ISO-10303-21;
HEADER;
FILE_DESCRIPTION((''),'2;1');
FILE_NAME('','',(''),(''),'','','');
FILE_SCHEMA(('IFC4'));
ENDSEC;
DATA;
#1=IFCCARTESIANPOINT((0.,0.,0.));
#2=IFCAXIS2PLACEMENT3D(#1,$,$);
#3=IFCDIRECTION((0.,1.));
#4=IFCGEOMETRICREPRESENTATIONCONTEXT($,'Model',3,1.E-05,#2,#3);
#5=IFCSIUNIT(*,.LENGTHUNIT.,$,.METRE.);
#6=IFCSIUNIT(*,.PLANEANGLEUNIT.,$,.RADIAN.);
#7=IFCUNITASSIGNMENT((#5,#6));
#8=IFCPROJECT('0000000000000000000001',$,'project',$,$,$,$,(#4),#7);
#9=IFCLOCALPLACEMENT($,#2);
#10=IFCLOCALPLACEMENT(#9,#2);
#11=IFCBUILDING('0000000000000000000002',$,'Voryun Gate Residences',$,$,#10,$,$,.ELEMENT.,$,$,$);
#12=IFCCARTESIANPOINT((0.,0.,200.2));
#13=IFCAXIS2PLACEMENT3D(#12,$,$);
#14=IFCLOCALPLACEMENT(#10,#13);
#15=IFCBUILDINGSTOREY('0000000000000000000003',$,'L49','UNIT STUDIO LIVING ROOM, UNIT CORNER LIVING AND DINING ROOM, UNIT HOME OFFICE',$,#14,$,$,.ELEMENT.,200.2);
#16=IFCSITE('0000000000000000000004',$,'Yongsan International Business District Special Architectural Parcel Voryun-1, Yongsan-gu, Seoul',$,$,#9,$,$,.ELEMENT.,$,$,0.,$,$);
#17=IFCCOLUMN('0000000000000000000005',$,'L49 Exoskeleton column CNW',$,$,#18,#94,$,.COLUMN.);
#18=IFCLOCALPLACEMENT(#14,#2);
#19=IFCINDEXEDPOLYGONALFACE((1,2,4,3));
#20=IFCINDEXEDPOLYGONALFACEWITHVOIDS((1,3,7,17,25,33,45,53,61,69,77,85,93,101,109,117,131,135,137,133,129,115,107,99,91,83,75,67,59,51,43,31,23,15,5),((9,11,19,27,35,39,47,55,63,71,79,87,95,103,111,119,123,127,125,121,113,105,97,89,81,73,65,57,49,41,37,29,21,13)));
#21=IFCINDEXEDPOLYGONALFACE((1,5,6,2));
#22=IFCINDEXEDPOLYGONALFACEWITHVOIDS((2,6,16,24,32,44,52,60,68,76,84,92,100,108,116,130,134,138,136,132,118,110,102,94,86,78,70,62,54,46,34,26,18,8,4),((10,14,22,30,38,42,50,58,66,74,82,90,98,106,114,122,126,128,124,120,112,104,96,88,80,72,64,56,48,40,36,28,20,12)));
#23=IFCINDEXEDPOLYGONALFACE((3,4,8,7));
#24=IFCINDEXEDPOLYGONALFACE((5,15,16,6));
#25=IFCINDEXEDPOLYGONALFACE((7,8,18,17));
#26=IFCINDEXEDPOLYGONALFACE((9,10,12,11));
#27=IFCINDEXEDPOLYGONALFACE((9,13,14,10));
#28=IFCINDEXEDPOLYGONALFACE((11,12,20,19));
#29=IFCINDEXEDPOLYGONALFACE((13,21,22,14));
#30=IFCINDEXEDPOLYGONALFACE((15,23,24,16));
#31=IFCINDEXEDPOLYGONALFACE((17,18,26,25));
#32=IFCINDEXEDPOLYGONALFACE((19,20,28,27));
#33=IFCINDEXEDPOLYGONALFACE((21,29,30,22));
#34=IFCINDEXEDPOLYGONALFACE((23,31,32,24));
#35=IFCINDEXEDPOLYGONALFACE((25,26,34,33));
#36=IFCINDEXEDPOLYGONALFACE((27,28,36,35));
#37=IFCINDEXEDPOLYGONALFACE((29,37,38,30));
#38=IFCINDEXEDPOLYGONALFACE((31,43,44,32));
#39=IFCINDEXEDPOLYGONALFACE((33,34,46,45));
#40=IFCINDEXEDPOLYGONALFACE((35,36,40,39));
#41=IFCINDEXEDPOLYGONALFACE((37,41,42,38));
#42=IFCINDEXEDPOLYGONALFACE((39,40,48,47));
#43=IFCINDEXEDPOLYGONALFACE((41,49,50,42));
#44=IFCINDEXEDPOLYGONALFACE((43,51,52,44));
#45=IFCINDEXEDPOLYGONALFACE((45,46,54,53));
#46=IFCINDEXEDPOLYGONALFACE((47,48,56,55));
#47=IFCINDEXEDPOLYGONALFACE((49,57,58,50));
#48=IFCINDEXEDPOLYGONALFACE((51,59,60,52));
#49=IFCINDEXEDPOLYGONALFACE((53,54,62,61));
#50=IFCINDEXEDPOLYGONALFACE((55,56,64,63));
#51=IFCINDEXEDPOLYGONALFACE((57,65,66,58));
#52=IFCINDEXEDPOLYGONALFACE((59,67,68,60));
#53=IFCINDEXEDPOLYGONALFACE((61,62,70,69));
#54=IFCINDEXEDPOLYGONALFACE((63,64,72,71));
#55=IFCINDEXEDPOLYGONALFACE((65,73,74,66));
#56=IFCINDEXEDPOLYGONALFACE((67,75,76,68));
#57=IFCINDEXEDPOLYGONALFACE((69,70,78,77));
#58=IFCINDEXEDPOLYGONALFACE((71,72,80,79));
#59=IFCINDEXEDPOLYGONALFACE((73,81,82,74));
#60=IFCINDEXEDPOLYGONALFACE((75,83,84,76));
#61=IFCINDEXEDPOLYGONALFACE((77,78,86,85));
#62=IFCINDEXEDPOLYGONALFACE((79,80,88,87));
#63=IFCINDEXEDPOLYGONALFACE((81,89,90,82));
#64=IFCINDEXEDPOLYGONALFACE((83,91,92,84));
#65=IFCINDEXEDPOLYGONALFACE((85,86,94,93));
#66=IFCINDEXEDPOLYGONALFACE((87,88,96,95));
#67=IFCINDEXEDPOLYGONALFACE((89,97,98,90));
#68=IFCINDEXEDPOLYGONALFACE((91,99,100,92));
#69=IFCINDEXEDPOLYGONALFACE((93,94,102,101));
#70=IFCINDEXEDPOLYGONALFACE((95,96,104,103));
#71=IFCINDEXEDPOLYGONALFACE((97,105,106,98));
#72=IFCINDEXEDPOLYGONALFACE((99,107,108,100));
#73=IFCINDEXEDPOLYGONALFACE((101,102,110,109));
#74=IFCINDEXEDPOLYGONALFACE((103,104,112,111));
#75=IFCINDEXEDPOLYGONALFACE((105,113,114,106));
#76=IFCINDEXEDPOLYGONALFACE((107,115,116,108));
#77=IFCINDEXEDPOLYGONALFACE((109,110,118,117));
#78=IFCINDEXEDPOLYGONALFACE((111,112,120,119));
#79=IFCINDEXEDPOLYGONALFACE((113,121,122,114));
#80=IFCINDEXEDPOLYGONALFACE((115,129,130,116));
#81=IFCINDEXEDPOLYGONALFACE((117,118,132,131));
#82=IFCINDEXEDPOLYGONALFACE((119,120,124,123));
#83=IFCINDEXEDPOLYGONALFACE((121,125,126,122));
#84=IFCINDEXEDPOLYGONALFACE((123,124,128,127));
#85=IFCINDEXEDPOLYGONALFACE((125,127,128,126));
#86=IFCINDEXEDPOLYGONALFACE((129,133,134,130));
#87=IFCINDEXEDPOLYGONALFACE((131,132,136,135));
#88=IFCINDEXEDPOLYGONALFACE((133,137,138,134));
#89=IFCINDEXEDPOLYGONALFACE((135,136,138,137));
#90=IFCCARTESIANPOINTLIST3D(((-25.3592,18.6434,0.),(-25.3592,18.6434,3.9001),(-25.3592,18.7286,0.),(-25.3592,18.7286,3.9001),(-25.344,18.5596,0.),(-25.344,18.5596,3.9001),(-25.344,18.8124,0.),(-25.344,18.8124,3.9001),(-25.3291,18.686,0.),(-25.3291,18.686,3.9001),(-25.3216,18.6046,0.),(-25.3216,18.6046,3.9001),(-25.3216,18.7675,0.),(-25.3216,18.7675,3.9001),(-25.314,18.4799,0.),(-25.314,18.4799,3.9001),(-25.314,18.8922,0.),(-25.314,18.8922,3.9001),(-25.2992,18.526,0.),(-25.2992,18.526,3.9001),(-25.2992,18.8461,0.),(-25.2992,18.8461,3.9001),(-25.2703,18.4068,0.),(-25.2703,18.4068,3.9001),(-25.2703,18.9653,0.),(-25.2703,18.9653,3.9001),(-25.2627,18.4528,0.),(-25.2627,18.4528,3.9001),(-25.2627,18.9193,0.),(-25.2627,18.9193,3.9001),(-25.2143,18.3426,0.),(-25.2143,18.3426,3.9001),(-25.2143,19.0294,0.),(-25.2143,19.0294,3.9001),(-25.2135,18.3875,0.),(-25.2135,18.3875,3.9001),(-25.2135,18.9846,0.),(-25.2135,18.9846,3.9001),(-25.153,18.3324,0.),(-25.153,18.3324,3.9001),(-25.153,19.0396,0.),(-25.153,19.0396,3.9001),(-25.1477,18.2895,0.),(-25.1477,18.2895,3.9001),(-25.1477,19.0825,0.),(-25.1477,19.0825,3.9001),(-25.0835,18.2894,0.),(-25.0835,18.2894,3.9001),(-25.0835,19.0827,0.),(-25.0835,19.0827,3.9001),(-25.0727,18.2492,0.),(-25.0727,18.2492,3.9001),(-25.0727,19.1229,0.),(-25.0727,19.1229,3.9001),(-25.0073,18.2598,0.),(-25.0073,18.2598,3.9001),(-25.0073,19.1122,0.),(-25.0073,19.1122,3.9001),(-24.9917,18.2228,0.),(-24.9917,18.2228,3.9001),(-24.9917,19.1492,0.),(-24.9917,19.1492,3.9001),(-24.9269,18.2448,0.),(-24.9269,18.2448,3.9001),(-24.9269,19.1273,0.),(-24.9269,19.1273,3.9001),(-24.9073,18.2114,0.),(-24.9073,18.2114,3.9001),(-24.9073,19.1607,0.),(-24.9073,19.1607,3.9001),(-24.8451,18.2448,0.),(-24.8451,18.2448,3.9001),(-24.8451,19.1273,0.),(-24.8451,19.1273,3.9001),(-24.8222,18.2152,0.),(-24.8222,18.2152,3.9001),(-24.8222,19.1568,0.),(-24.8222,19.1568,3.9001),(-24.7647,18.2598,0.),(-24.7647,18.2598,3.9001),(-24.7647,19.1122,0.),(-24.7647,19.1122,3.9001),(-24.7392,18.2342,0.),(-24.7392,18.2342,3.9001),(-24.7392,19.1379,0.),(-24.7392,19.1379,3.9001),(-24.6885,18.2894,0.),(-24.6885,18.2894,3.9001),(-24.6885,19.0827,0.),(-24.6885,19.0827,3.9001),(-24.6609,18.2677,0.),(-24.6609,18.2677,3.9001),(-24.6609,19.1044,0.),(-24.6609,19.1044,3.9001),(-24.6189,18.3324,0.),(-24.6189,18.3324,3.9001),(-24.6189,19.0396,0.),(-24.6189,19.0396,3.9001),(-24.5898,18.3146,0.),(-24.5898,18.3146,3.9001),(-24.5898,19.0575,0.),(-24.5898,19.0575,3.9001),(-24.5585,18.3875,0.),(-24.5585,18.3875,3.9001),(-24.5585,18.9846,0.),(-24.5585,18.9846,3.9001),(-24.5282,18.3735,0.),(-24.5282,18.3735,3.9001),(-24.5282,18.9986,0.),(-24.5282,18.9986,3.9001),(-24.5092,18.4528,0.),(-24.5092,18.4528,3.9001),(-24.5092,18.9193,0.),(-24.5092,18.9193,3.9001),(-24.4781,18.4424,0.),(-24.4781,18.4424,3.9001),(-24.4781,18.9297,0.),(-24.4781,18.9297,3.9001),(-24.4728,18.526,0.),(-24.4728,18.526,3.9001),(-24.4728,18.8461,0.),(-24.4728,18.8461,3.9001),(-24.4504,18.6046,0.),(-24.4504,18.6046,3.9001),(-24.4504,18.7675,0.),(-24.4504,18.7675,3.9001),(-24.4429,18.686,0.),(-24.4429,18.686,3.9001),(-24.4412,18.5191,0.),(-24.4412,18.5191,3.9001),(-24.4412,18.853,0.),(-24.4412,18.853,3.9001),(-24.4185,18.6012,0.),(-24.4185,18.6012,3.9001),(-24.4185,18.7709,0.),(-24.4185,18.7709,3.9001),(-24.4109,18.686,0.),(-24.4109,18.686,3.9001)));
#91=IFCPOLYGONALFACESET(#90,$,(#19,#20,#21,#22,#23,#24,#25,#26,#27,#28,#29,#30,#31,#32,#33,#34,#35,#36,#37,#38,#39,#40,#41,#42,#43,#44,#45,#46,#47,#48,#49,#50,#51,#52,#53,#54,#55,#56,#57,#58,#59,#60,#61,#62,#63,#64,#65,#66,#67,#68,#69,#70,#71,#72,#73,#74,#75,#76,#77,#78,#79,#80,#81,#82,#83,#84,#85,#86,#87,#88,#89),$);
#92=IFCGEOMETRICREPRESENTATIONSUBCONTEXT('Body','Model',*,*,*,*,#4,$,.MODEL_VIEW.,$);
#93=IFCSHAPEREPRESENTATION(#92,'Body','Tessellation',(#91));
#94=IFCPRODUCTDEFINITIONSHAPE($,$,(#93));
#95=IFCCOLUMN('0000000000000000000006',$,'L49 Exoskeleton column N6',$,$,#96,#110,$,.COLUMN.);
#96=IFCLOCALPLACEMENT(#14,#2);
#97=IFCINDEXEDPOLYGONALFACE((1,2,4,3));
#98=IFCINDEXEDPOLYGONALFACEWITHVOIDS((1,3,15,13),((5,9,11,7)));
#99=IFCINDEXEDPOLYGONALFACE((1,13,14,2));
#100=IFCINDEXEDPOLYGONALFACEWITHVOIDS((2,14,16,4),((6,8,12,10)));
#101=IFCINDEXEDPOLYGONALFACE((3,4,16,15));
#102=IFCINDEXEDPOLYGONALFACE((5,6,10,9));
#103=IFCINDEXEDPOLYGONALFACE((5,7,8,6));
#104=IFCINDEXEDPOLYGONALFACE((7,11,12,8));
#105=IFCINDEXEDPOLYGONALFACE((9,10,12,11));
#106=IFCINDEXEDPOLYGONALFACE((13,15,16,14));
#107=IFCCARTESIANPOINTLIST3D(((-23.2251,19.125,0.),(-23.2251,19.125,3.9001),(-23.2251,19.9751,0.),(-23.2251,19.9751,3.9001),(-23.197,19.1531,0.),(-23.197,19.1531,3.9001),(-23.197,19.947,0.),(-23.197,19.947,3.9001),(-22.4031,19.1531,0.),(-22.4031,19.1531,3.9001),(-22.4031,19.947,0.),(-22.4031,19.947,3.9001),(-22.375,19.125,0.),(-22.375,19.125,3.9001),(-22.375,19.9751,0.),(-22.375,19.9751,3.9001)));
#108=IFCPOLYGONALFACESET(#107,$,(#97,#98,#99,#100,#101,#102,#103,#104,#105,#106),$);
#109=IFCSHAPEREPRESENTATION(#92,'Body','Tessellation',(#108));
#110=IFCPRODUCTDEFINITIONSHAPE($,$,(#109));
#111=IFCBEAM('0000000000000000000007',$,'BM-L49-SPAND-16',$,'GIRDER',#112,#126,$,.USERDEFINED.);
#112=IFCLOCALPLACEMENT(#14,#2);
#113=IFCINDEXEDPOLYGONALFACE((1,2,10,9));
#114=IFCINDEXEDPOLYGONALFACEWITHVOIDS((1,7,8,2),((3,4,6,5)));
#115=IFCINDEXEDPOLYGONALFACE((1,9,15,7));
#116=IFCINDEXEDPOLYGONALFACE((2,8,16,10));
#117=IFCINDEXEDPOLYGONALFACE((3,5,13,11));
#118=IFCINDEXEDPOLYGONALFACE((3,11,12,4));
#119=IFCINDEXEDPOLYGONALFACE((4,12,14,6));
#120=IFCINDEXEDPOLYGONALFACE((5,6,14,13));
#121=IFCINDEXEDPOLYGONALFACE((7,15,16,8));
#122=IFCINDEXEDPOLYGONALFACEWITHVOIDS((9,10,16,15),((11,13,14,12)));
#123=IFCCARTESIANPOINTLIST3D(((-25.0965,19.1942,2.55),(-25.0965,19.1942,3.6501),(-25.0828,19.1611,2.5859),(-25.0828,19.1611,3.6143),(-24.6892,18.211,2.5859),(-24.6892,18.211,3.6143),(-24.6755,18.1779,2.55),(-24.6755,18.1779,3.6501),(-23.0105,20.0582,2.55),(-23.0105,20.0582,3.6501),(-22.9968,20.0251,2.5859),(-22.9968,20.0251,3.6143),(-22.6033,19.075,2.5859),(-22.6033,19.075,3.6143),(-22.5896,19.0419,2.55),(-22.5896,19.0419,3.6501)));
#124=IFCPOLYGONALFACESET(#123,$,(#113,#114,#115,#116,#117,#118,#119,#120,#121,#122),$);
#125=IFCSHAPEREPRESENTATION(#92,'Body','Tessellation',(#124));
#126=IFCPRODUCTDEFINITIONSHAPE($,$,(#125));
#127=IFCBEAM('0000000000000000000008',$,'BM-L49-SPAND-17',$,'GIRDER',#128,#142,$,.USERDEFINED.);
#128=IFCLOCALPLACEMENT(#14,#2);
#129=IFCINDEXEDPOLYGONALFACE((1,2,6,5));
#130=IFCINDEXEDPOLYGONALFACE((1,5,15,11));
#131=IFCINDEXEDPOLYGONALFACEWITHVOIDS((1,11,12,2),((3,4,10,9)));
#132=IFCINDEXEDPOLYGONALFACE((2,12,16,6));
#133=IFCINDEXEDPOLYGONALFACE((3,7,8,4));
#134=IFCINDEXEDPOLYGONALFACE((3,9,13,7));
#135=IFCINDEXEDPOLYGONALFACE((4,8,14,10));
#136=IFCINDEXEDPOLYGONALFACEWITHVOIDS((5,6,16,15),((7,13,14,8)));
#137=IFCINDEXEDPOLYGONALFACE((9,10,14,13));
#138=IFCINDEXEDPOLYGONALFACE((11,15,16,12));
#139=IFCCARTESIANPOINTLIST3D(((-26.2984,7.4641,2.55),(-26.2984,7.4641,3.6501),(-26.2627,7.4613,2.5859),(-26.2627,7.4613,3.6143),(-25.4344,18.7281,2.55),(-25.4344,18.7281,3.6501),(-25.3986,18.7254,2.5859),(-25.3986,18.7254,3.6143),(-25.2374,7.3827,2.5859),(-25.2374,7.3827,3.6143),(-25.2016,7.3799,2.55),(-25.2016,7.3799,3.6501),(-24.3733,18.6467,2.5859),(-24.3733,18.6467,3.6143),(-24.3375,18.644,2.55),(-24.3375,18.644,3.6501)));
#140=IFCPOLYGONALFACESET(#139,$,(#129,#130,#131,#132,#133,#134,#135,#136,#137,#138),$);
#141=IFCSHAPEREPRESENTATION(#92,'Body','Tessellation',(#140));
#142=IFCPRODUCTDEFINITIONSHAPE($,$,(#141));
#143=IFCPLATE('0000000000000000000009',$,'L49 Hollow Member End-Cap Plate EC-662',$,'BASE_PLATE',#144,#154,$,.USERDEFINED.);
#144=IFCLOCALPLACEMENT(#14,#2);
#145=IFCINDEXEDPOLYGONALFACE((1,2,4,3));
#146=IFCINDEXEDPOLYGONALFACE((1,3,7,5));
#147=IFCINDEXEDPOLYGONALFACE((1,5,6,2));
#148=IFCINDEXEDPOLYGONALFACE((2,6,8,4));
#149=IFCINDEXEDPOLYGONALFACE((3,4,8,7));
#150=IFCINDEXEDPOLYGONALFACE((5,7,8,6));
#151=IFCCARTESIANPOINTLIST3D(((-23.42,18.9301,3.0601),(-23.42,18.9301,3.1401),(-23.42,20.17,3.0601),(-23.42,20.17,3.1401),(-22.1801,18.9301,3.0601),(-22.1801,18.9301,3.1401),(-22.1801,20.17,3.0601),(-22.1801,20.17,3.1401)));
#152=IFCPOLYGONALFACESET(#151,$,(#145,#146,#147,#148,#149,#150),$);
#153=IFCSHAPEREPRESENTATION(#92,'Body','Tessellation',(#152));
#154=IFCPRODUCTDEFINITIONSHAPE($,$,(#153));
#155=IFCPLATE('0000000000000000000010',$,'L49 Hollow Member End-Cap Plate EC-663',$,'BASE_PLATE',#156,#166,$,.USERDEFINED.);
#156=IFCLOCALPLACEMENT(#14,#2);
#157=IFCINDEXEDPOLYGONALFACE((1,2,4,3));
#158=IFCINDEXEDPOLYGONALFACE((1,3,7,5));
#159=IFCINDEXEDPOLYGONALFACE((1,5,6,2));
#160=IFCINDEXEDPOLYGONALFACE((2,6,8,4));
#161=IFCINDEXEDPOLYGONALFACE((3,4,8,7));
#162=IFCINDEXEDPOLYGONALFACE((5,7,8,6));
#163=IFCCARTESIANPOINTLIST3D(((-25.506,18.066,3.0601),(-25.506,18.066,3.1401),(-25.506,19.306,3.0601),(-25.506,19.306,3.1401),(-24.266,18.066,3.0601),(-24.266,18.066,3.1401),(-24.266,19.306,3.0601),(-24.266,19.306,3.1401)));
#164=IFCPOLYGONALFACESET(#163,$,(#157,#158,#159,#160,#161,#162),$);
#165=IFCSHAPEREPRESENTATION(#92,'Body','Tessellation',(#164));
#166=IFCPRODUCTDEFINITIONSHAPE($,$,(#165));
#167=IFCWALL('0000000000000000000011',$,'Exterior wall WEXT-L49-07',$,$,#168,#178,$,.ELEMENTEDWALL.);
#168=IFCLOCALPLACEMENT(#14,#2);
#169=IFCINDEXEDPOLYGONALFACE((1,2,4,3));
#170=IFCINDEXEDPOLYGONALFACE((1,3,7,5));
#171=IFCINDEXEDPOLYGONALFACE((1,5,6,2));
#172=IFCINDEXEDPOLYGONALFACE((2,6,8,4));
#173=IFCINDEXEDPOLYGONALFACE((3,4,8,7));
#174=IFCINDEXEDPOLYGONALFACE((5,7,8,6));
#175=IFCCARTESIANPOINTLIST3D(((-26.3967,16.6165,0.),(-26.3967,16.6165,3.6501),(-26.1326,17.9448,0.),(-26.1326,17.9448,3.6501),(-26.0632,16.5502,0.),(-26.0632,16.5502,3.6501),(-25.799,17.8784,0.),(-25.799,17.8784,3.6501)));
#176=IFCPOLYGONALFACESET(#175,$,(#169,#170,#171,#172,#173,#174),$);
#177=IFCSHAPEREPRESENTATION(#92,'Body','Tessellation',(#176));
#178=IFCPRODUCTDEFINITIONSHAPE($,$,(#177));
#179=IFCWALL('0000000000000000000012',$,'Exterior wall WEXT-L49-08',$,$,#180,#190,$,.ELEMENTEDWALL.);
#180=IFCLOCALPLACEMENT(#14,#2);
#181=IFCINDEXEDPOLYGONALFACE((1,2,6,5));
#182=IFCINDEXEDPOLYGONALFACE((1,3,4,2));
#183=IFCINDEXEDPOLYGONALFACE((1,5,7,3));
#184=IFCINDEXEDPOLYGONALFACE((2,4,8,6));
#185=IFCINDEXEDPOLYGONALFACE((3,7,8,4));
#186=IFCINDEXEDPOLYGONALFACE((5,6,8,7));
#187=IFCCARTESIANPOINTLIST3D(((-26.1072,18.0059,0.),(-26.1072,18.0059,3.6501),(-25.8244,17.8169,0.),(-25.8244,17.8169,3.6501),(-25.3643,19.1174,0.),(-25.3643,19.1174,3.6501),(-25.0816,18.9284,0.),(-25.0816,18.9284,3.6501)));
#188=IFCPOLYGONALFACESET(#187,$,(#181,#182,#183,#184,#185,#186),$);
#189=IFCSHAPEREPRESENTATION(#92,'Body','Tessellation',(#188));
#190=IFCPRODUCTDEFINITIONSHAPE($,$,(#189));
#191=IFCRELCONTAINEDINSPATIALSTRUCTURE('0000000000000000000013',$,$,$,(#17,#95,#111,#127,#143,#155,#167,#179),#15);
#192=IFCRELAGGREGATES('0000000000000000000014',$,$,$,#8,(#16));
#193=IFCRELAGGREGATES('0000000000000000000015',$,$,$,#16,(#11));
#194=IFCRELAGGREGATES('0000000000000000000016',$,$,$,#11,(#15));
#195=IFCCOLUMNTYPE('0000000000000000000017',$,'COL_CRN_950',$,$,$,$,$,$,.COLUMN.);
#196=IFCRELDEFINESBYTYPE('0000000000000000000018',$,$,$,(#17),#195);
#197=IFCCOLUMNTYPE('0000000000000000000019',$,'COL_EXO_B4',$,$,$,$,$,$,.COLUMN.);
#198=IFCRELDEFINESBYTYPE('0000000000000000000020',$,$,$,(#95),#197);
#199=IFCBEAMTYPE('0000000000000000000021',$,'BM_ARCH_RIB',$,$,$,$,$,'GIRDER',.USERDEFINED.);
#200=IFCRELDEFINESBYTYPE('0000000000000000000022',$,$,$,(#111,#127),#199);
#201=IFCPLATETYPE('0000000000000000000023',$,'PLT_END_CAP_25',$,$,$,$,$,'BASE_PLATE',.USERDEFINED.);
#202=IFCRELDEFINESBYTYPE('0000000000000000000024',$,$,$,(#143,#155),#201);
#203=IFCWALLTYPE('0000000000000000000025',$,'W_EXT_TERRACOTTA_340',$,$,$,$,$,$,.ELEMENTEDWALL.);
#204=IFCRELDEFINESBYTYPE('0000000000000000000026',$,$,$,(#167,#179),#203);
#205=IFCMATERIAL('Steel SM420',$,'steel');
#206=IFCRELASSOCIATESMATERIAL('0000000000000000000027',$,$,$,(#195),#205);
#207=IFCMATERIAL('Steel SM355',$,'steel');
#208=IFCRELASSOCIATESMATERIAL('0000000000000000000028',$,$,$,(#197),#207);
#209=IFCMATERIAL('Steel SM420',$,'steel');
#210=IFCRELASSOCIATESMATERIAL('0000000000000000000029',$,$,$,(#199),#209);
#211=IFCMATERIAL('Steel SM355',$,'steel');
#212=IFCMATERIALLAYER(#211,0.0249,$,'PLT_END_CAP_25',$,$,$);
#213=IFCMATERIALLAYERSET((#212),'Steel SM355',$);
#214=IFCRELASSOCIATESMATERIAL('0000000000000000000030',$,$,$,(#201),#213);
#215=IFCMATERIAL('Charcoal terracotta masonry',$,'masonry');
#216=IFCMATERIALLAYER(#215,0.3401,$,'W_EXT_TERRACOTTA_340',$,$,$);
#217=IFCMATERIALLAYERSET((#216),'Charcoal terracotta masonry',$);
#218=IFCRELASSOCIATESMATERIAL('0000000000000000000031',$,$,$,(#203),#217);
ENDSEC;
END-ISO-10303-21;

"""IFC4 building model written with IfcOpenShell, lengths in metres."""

from ifc_helpers import new_model, si_unit, direction, frame, frame_2d, origin, origin_2d, place, context, subcontext, project, spatial, rectangle, hollow_rectangle, hollow_circle, extrude, material, layer, layer_set, material_profile, profile_set, type_object, element, save


model = new_model("IFC4")

# Units and contexts
model_context = context("Model", 3, precision=1e-05, world=origin(), true_north=direction((0.0, 1.0)))
body_context = subcontext(model_context, "Body", "Model", "MODEL_VIEW")
ifc_project = project(units=[si_unit("LENGTHUNIT", "METRE"), si_unit("PLANEANGLEUNIT", "RADIAN")], contexts=[model_context])

# Site, building, storey
site_placement = place(None, origin())
site = spatial("IfcSite", under=ifc_project, at=site_placement, Name="Yongsan International Business District Special Architectural Parcel Voryun-1, Yongsan-gu, Seoul", CompositionType="ELEMENT", RefElevation=0.0)
building_placement = place(site_placement, origin())
building = spatial("IfcBuilding", under=site, at=building_placement, Name="Voryun Gate Residences", CompositionType="ELEMENT")
storey_placement = place(building_placement, frame((0.0, 0.0, 200.2)))
storey = spatial("IfcBuildingStorey", under=building, at=storey_placement, Name="L49", Description="UNIT STUDIO LIVING ROOM, UNIT CORNER LIVING AND DINING ROOM, UNIT HOME OFFICE", CompositionType="ELEMENT", Elevation=200.2)

# Columns
ifc_material_1 = material(Name="Steel SM420", Category="steel")
ifc_material_profile_1 = material_profile(ifc_material_1, hollow_circle(Radius=0.4751, WallThickness=0.032, at=origin_2d()), Name="CHS-950x32")
ifc_profile_set_1 = profile_set([ifc_material_profile_1], Name="Steel SM420")
column_type_1 = type_object("IfcColumnType", Name="COL_CRN_950", PredefinedType="COLUMN", material=ifc_profile_set_1)
column_1_placement = place(storey_placement, frame((-24.886, 18.686, 0.0), z_axis=(0.0, 0.0, 1.0), x_axis=(1.0, 0.0, 0.0)))
element("IfcColumn", 1, at=column_1_placement, inside=storey, type_object=column_type_1, Name="L49 Exoskeleton column CNW", PredefinedType="COLUMN", context=body_context, shape_type="SweptSolid", body=[
    extrude(hollow_circle(Radius=0.4751, WallThickness=0.032, at=origin_2d()), origin(), (0.0, 0.0, 1.0), 3.9001),
])
ifc_material_2 = material(Name="Steel SM355", Category="steel")
ifc_material_profile_2 = material_profile(ifc_material_2, hollow_rectangle(XDim=0.8501, YDim=0.8501, WallThickness=0.0281, at=origin_2d()), Name="BOX-850x850x28")
ifc_profile_set_2 = profile_set([ifc_material_profile_2], Name="Steel SM355")
column_type_2 = type_object("IfcColumnType", Name="COL_EXO_B4", PredefinedType="COLUMN", material=ifc_profile_set_2)
column_2_placement = place(storey_placement, frame((-22.8, 19.55, 0.0), z_axis=(0.0, 0.0, 1.0), x_axis=(1.0, 0.0, 0.0)))
element("IfcColumn", 2, at=column_2_placement, inside=storey, type_object=column_type_2, Name="L49 Exoskeleton column N6", PredefinedType="COLUMN", context=body_context, shape_type="SweptSolid", body=[
    extrude(hollow_rectangle(XDim=0.8501, YDim=0.8501, WallThickness=0.0281, at=origin_2d()), origin(), (0.0, 0.0, 1.0), 3.9001),
])

# Beams
ifc_material_3 = material(Name="Steel SM420", Category="steel")
ifc_material_profile_3 = material_profile(ifc_material_3, hollow_rectangle(XDim=1.1001, YDim=1.1001, WallThickness=0.0359, at=origin_2d()), Name="BOX-1100x1100x36")
ifc_profile_set_3 = profile_set([ifc_material_profile_3], Name="Steel SM420")
beam_type = type_object("IfcBeamType", Name="BM_ARCH_RIB", ElementType="GIRDER", PredefinedType="USERDEFINED", material=ifc_profile_set_3)
beam_1_placement = place(storey_placement, frame((-22.8, 19.55, 3.1001), z_axis=(-0.923881, -0.38268, 0.0), x_axis=(0.38268, -0.923881, 0.0)))
element("IfcBeam", 3, at=beam_1_placement, inside=storey, type_object=beam_type, Name="BM-L49-SPAND-16", ObjectType="GIRDER", PredefinedType="USERDEFINED", context=body_context, shape_type="SweptSolid", body=[
    extrude(hollow_rectangle(XDim=1.1001, YDim=1.1001, WallThickness=0.0359, at=origin_2d()), origin(), (0.0, 0.0, 1.0), 2.2578),
])
beam_2_placement = place(storey_placement, frame((-24.886, 18.686, 3.1001), z_axis=(-0.076482, -0.997071, 0.0), x_axis=(0.997071, -0.076482, 0.0)))
element("IfcBeam", 4, at=beam_2_placement, inside=storey, type_object=beam_type, Name="BM-L49-SPAND-17", ObjectType="GIRDER", PredefinedType="USERDEFINED", context=body_context, shape_type="SweptSolid", body=[
    extrude(hollow_rectangle(XDim=1.1001, YDim=1.1001, WallThickness=0.0359, at=origin_2d()), origin(), (0.0, 0.0, 1.0), 11.2971),
])

# Plates
ifc_material_4 = material(Name="Steel SM355", Category="steel")
ifc_layer_1 = layer(ifc_material_4, 0.0249, Name="PLT_END_CAP_25")
ifc_layer_set_1 = layer_set([ifc_layer_1], Name="Steel SM355")
plate_type = type_object("IfcPlateType", Name="PLT_END_CAP_25", ElementType="BASE_PLATE", PredefinedType="USERDEFINED", material=ifc_layer_set_1)
for number, where, z_axis, x_axis, name in (
    (5, (-22.8, 19.55, 3.0601), (0.0, 0.0, 1.0), (1.0, 0.0, 0.0), "L49 Hollow Member End-Cap Plate EC-662"),
    (6, (-24.886, 18.686, 3.0601), (0.0, 0.0, 1.0), (1.0, 0.0, 0.0), "L49 Hollow Member End-Cap Plate EC-663"),
):
    element("IfcPlate", number, at=place(storey_placement, frame(where, z_axis=z_axis, x_axis=x_axis)), inside=storey, type_object=plate_type, Name=name, ObjectType="BASE_PLATE", PredefinedType="USERDEFINED", context=body_context, shape_type="SweptSolid", body=[
        extrude(rectangle(XDim=1.24, YDim=1.24, at=origin_2d()), origin(), (0.0, 0.0, 1.0), 0.0801),
    ])

# Walls
ifc_material_5 = material(Name="Charcoal terracotta masonry", Category="masonry")
ifc_layer_2 = layer(ifc_material_5, 0.3401, Name="W_EXT_TERRACOTTA_340")
ifc_layer_set_2 = layer_set([ifc_layer_2], Name="Charcoal terracotta masonry")
wall_type_1 = type_object("IfcWallType", Name="W_EXT_TERRACOTTA_340", PredefinedType="ELEMENTEDWALL", material=ifc_layer_set_2)
wall_1_placement = place(storey_placement, frame((-26.23, 16.5833, 0.0), z_axis=(0.0, 0.0, 1.0), x_axis=(0.195076, 0.980788, 0.0)))
element("IfcWall", 7, at=wall_1_placement, inside=storey, type_object=wall_type_1, Name="Exterior wall WEXT-L49-07", PredefinedType="ELEMENTEDWALL", context=body_context, shape_type="SweptSolid", body=[
    extrude(rectangle(XDim=1.3542, YDim=0.3401, at=frame_2d((0.6772, 0.0))), origin(), (0.0, 0.0, 1.0), 3.6501),
])
wall_2_placement = place(storey_placement, frame((-25.9658, 17.9114, 0.0), z_axis=(0.0, 0.0, 1.0), x_axis=(0.555669, 0.831404, 0.0)))
element("IfcWall", 8, at=wall_2_placement, inside=storey, type_object=wall_type_1, Name="Exterior wall WEXT-L49-08", PredefinedType="ELEMENTEDWALL", context=body_context, shape_type="SweptSolid", body=[
    extrude(rectangle(XDim=1.3369, YDim=0.3401, at=frame_2d((0.6685, 0.0))), origin(), (0.0, 0.0, 1.0), 3.6501),
])

save(model, "model.ifc")
